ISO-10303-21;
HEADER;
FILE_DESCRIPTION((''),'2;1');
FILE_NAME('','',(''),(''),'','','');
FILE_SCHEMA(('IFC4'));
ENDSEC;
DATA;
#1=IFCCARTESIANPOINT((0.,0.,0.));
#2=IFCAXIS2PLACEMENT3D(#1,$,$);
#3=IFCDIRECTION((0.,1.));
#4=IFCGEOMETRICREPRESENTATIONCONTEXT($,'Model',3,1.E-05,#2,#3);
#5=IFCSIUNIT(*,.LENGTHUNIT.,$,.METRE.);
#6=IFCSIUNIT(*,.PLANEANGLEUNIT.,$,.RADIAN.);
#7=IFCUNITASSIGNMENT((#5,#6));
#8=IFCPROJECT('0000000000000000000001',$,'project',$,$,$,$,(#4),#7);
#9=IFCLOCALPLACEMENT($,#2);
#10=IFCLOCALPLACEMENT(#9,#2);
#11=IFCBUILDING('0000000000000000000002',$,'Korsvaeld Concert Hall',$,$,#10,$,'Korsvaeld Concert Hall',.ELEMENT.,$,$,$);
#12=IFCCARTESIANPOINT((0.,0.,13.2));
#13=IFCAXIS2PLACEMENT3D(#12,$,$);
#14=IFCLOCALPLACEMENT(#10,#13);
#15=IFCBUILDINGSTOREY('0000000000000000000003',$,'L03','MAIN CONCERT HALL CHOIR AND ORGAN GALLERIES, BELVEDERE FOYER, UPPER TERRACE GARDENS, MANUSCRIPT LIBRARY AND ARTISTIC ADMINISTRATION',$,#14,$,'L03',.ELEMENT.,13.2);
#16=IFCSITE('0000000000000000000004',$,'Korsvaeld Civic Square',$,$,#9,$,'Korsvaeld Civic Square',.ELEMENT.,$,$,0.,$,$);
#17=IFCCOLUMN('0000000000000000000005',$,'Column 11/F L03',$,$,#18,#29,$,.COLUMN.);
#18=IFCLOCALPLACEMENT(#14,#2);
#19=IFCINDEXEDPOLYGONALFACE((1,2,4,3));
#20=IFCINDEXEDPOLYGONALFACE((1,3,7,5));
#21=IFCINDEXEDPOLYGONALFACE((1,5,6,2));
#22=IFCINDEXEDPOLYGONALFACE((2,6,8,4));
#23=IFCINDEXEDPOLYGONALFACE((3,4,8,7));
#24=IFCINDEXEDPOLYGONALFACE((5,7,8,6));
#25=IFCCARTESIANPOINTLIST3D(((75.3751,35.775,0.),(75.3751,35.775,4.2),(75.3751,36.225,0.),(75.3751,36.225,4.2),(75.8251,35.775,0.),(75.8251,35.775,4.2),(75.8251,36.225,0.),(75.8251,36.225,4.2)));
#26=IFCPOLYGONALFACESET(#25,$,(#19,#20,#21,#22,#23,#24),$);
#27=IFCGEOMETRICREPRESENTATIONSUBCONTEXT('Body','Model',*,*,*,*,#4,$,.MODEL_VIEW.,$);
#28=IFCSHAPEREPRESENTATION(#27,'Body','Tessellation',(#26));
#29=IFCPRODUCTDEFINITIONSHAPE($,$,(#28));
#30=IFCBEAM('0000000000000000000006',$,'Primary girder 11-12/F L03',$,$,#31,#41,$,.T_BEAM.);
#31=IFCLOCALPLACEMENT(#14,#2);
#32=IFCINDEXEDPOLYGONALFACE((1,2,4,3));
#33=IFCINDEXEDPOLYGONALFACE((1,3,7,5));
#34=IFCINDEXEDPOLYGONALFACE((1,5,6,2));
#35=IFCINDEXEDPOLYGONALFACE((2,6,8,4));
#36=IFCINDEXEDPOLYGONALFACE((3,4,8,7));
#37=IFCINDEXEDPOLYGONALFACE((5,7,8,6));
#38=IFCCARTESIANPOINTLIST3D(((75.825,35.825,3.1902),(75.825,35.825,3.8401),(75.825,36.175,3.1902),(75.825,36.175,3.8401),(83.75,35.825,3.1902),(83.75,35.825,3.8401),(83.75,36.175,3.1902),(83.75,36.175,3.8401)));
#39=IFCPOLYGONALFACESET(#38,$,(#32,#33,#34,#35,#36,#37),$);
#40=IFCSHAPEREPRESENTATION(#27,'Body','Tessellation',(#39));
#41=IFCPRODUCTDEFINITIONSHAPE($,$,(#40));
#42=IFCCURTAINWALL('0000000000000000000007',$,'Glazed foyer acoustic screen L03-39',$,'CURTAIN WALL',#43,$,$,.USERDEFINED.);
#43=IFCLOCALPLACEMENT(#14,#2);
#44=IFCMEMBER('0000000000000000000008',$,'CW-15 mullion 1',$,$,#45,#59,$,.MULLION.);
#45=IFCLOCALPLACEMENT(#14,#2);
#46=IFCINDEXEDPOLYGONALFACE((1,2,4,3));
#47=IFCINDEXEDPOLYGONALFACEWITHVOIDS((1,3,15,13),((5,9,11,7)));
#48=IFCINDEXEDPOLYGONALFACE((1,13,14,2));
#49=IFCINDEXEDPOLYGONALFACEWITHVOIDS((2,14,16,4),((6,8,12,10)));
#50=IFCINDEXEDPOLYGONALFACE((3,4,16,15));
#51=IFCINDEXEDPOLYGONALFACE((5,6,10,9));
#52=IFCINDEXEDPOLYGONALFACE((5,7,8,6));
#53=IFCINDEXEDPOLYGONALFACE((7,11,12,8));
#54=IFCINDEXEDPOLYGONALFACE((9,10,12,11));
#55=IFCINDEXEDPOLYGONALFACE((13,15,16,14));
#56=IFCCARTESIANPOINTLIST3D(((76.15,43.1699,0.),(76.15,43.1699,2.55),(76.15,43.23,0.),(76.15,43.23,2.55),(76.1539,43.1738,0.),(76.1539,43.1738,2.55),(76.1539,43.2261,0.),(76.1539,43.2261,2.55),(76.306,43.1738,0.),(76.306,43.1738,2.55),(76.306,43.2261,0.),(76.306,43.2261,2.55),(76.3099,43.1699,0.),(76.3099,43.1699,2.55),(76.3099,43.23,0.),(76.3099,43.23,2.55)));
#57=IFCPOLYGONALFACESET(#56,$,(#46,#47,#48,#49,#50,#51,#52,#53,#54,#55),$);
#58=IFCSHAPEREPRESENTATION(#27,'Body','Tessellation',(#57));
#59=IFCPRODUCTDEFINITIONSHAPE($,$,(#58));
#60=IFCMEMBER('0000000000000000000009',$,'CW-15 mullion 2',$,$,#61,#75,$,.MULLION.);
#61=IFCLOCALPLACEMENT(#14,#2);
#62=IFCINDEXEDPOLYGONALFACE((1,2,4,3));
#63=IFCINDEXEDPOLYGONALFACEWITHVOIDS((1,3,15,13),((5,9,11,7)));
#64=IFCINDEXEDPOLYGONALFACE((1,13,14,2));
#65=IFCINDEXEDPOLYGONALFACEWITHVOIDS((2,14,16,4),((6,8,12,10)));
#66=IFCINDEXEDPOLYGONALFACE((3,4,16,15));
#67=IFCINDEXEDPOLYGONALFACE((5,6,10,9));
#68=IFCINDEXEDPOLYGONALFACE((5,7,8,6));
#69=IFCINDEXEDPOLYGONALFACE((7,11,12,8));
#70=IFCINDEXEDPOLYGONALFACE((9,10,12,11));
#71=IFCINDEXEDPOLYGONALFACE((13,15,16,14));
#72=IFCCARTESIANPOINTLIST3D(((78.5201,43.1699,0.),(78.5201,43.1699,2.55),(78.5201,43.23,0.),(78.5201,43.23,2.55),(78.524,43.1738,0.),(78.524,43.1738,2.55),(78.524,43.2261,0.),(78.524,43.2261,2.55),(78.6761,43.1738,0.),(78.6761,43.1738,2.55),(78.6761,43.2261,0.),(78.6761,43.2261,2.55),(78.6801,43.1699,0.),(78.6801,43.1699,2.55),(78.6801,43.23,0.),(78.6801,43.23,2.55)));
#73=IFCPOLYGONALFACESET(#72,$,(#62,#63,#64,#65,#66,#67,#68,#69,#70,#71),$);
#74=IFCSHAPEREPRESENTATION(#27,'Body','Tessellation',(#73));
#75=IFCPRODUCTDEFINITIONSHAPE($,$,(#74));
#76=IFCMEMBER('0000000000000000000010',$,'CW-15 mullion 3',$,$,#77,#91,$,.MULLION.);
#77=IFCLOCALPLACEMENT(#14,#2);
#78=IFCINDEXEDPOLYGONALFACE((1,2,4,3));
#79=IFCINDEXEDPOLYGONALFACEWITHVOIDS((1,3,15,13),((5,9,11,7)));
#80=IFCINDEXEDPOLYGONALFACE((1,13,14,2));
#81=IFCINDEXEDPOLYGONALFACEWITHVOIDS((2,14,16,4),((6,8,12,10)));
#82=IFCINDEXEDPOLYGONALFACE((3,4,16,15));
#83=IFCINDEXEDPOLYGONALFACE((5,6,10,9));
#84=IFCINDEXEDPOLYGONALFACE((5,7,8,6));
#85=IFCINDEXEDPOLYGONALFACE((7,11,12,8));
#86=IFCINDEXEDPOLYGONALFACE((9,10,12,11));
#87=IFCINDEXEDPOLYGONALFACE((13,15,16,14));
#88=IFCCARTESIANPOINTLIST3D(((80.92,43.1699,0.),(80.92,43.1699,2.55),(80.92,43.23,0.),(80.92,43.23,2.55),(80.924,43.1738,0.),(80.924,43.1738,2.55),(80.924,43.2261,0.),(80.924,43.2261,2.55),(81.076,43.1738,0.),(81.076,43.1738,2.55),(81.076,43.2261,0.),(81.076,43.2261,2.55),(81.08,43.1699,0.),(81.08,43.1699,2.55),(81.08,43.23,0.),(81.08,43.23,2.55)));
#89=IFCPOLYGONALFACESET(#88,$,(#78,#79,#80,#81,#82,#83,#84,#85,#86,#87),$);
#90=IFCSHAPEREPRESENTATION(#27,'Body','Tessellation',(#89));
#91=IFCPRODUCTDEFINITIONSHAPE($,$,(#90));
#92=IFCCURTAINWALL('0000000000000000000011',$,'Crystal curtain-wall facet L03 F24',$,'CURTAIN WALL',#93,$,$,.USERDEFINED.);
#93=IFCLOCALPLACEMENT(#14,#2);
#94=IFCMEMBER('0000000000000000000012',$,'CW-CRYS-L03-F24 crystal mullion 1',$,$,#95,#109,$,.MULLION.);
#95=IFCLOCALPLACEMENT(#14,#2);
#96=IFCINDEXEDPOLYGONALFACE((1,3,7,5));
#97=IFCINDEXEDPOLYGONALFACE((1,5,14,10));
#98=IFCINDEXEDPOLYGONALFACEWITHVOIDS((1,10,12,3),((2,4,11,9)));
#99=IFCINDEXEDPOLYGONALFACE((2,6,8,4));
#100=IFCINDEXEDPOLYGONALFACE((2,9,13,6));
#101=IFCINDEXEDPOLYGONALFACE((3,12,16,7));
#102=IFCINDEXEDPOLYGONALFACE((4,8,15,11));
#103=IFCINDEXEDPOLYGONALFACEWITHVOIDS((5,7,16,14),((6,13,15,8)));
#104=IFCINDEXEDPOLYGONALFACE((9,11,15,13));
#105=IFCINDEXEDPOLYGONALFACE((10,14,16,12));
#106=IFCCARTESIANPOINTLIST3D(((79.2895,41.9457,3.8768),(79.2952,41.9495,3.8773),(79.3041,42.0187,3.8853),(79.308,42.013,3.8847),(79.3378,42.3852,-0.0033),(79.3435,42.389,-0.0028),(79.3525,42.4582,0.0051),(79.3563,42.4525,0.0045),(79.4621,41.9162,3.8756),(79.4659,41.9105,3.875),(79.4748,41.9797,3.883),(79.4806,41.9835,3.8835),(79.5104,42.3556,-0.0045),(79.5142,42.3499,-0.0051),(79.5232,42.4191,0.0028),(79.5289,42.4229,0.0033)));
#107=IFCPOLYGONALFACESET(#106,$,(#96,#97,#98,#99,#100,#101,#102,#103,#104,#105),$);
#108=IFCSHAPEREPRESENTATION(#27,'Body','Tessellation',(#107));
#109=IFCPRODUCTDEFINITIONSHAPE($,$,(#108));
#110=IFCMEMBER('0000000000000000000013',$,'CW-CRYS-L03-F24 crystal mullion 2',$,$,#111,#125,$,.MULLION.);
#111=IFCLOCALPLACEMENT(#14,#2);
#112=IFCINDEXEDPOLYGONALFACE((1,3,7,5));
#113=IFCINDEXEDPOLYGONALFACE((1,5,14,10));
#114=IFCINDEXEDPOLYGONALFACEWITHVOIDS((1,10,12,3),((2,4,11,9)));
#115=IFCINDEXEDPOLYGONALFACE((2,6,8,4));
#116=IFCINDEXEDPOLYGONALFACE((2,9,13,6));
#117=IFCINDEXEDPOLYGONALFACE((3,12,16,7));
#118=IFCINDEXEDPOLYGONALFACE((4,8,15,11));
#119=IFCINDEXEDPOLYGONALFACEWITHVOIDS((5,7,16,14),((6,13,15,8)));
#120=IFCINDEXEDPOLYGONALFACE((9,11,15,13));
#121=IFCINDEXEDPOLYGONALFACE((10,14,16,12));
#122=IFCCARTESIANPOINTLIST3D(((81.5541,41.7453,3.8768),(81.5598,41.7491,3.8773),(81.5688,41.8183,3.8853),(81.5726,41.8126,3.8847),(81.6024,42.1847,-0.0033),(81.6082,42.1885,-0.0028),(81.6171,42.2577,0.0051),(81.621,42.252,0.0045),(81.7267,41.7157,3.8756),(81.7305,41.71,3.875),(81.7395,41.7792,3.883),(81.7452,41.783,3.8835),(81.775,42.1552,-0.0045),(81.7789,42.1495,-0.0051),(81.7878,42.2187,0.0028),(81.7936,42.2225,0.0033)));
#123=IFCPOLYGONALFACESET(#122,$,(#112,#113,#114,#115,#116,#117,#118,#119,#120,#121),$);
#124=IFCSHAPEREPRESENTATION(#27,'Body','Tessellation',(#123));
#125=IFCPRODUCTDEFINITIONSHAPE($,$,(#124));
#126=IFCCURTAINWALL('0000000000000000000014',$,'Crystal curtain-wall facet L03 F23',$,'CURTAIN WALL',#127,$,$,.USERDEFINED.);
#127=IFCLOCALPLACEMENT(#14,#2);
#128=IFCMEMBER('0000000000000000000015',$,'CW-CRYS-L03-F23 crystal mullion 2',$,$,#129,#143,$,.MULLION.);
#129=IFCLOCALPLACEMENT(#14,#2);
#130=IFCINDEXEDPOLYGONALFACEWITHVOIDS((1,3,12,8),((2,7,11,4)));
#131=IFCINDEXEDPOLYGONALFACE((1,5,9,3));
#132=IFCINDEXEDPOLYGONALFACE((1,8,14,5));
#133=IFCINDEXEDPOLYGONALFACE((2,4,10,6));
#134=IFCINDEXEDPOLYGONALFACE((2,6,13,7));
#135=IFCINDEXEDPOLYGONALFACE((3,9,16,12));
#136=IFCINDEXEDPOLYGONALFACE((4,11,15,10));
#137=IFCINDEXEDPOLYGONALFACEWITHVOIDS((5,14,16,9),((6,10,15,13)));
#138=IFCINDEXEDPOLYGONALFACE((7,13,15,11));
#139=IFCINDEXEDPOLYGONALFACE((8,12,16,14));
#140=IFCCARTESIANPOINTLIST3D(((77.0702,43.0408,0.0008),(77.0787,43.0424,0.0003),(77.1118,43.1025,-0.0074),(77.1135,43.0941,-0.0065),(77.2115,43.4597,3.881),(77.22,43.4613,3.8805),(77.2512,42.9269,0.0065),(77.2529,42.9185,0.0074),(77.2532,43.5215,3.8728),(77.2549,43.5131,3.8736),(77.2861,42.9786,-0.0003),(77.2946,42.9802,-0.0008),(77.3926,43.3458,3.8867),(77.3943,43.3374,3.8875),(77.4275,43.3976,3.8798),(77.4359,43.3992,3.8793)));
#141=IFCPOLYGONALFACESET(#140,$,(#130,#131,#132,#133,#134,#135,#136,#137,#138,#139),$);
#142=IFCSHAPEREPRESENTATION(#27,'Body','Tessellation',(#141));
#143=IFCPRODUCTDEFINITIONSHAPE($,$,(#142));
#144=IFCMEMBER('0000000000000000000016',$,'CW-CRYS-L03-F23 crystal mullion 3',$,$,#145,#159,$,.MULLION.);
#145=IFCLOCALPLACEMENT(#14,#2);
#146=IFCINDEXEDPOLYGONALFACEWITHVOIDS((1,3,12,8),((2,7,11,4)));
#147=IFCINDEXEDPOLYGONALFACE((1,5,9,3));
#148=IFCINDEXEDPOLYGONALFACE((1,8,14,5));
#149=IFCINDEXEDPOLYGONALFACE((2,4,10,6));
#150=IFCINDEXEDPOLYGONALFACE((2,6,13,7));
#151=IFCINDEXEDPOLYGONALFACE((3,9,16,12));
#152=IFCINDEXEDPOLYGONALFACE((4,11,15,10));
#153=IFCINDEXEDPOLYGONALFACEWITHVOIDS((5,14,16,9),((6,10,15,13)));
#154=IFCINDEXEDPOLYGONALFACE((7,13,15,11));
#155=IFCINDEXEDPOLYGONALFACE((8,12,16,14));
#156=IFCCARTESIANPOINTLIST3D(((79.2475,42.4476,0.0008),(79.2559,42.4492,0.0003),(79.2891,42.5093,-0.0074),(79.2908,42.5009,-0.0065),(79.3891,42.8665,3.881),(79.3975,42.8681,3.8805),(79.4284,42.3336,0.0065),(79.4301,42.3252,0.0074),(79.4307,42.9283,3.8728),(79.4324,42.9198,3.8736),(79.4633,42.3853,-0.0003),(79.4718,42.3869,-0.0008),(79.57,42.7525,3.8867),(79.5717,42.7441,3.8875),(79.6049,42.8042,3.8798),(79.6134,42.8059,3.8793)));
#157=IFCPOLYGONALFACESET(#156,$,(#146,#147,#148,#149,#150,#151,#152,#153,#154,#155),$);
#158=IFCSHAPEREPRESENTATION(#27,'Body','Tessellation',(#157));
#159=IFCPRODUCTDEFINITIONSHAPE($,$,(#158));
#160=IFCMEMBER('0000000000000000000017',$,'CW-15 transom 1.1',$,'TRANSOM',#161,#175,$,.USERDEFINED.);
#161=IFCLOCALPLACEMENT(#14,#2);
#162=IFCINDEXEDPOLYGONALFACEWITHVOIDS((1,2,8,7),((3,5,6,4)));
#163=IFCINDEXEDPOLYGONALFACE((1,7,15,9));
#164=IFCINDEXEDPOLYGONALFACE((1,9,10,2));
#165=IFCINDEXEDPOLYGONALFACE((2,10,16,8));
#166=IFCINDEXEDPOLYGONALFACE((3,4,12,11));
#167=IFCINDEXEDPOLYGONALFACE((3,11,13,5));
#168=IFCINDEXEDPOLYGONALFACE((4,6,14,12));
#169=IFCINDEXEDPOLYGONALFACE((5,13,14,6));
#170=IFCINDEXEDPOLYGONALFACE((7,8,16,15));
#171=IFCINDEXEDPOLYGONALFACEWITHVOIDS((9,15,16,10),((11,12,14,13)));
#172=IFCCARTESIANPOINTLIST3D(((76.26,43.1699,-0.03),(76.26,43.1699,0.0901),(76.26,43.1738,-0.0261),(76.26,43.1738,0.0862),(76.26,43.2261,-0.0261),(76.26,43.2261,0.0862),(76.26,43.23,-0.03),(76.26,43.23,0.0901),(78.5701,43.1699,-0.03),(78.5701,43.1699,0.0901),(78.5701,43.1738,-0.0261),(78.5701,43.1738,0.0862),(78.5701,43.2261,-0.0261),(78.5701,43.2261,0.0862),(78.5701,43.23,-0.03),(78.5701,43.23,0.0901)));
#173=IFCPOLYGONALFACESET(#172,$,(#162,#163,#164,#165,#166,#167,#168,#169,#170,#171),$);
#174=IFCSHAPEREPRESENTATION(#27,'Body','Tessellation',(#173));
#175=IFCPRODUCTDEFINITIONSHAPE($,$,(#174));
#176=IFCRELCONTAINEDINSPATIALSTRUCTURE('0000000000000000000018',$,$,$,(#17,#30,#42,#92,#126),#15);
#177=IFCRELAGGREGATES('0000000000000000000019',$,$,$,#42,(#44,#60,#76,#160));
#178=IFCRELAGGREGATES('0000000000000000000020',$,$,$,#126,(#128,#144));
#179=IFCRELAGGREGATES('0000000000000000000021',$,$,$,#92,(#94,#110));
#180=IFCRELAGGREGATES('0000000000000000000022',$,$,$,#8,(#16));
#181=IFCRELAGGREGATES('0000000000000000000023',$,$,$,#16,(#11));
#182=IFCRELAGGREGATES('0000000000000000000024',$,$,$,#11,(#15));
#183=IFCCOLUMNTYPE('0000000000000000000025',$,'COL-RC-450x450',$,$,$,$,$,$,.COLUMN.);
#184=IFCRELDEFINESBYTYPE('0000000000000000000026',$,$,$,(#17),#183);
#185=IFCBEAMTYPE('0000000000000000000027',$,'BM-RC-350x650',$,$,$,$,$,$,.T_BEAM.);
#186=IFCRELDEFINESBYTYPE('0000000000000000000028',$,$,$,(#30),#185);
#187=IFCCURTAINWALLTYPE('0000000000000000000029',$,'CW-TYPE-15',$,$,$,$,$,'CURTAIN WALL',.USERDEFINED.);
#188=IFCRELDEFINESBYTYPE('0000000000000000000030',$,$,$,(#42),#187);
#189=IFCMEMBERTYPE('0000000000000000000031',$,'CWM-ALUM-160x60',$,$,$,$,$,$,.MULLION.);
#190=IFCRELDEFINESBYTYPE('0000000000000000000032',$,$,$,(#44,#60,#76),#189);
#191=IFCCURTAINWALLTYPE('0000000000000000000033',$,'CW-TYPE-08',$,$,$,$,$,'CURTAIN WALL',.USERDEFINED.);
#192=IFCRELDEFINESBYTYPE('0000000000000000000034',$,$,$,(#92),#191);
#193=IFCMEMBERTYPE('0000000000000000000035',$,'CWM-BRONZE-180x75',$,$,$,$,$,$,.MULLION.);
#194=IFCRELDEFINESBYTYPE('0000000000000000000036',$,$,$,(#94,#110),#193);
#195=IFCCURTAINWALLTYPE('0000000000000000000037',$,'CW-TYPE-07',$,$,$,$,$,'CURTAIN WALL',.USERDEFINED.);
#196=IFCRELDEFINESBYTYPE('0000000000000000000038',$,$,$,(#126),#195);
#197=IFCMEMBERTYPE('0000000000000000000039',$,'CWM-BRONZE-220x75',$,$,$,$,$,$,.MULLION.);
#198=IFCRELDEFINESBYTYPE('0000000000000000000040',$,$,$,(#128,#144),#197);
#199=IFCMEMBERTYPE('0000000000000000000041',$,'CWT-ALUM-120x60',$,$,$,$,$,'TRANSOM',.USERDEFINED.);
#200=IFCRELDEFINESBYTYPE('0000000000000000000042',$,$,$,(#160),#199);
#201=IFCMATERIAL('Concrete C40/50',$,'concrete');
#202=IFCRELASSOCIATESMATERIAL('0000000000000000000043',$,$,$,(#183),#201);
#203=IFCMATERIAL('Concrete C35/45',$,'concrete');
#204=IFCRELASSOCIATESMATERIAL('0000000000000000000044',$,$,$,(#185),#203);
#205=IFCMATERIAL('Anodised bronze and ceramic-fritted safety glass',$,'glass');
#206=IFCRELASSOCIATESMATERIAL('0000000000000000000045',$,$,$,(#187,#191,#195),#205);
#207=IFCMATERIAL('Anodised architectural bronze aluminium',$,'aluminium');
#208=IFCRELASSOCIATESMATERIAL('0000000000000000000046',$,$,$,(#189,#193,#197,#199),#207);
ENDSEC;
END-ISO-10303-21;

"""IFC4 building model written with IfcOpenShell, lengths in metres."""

from ifc_helpers import new_model, si_unit, direction, frame, origin, origin_2d, place, context, subcontext, project, spatial, rectangle, hollow_rectangle, extrude, material, material_profile, profile_set, type_object, element, aggregate, save


model = new_model("IFC4")

# Units and contexts
model_context = context("Model", 3, precision=1e-05, world=origin(), true_north=direction((0.0, 1.0)))
body_context = subcontext(model_context, "Body", "Model", "MODEL_VIEW")
ifc_project = project(units=[si_unit("LENGTHUNIT", "METRE"), si_unit("PLANEANGLEUNIT", "RADIAN")], contexts=[model_context])

# Site, building, storey
site_placement = place(None, origin())
site = spatial("IfcSite", under=ifc_project, at=site_placement, Name="Korsvaeld Civic Square", LongName="Korsvaeld Civic Square", CompositionType="ELEMENT", RefElevation=0.0)
building_placement = place(site_placement, origin())
building = spatial("IfcBuilding", under=site, at=building_placement, Name="Korsvaeld Concert Hall", LongName="Korsvaeld Concert Hall", CompositionType="ELEMENT")
storey_placement = place(building_placement, frame((0.0, 0.0, 13.2)))
storey = spatial("IfcBuildingStorey", under=building, at=storey_placement, Name="L03", Description="MAIN CONCERT HALL CHOIR AND ORGAN GALLERIES, BELVEDERE FOYER, UPPER TERRACE GARDENS, MANUSCRIPT LIBRARY AND ARTISTIC ADMINISTRATION", LongName="L03", CompositionType="ELEMENT", Elevation=13.2)

# Column
ifc_material_1 = material(Name="Concrete C40/50", Category="concrete")
ifc_material_profile_1 = material_profile(ifc_material_1, rectangle(XDim=0.45, YDim=0.45, at=origin_2d()), Name="RC 450x450")
ifc_profile_set_1 = profile_set([ifc_material_profile_1], Name="Concrete C40/50")
column_type = type_object("IfcColumnType", Name="COL-RC-450x450", PredefinedType="COLUMN", material=ifc_profile_set_1)
column_placement = place(storey_placement, frame((75.6001, 36.0, 0.0), z_axis=(0.0, 0.0, 1.0), x_axis=(1.0, 0.0, 0.0)))
element("IfcColumn", 1, at=column_placement, inside=storey, type_object=column_type, Name="Column 11/F L03", PredefinedType="COLUMN", context=body_context, shape_type="SweptSolid", body=[
    extrude(rectangle(XDim=0.45, YDim=0.45, at=origin_2d()), origin(), (0.0, 0.0, 1.0), 4.2),
])

# Beam
ifc_material_2 = material(Name="Concrete C35/45", Category="concrete")
ifc_material_profile_2 = material_profile(ifc_material_2, rectangle(XDim=0.3501, YDim=0.6499, at=origin_2d()), Name="RC 350x650")
ifc_profile_set_2 = profile_set([ifc_material_profile_2], Name="Concrete C35/45")
beam_type = type_object("IfcBeamType", Name="BM-RC-350x650", PredefinedType="T_BEAM", material=ifc_profile_set_2)
beam_placement = place(storey_placement, frame((75.825, 36.0, 3.5151), z_axis=(1.0, 0.0, 0.0), x_axis=(0.0, 1.0, 0.0)))
element("IfcBeam", 2, at=beam_placement, inside=storey, type_object=beam_type, Name="Primary girder 11-12/F L03", PredefinedType="T_BEAM", context=body_context, shape_type="SweptSolid", body=[
    extrude(rectangle(XDim=0.3501, YDim=0.6499, at=origin_2d()), origin(), (0.0, 0.0, 1.0), 7.925),
])

# Curtain walls, members
ifc_material_3 = material(Name="Anodised bronze and ceramic-fritted safety glass", Category="glass")
curtain_wall_type_1 = type_object("IfcCurtainWallType", Name="CW-TYPE-15", ElementType="CURTAIN WALL", PredefinedType="USERDEFINED", material=ifc_material_3)
curtain_wall_1_placement = place(storey_placement, origin())
curtain_wall_1 = element("IfcCurtainWall", 3, at=curtain_wall_1_placement, inside=storey, type_object=curtain_wall_type_1, Name="Glazed foyer acoustic screen L03-39", ObjectType="CURTAIN WALL", PredefinedType="USERDEFINED")
ifc_material_4 = material(Name="Anodised architectural bronze aluminium", Category="aluminium")
ifc_material_profile_3 = material_profile(ifc_material_4, hollow_rectangle(XDim=0.0601, YDim=0.1599, WallThickness=0.0039, at=origin_2d()), Name="CWM 160x60x4")
ifc_profile_set_3 = profile_set([ifc_material_profile_3], Name="Anodised architectural bronze aluminium")
member_type_1 = type_object("IfcMemberType", Name="CWM-ALUM-160x60", PredefinedType="MULLION", material=ifc_profile_set_3)
member_1_placement = place(storey_placement, frame((76.23, 43.2, 0.0), z_axis=(0.0, 0.0, 1.0), x_axis=(0.0, 1.0, 0.0)))
member_1 = element("IfcMember", 4, at=member_1_placement, type_object=member_type_1, Name="CW-15 mullion 1", PredefinedType="MULLION", context=body_context, shape_type="SweptSolid", body=[
    extrude(hollow_rectangle(XDim=0.0601, YDim=0.1599, WallThickness=0.0039, at=origin_2d()), origin(), (0.0, 0.0, 1.0), 2.55),
])
member_2_placement = place(storey_placement, frame((78.6001, 43.2, 0.0), z_axis=(0.0, 0.0, 1.0), x_axis=(0.0, 1.0, 0.0)))
member_2 = element("IfcMember", 5, at=member_2_placement, type_object=member_type_1, Name="CW-15 mullion 2", PredefinedType="MULLION", context=body_context, shape_type="SweptSolid", body=[
    extrude(hollow_rectangle(XDim=0.0601, YDim=0.1599, WallThickness=0.0039, at=origin_2d()), origin(), (0.0, 0.0, 1.0), 2.55),
])
member_3_placement = place(storey_placement, frame((81.0, 43.2, 0.0), z_axis=(0.0, 0.0, 1.0), x_axis=(0.0, 1.0, 0.0)))
member_3 = element("IfcMember", 6, at=member_3_placement, type_object=member_type_1, Name="CW-15 mullion 3", PredefinedType="MULLION", context=body_context, shape_type="SweptSolid", body=[
    extrude(hollow_rectangle(XDim=0.0601, YDim=0.1599, WallThickness=0.0039, at=origin_2d()), origin(), (0.0, 0.0, 1.0), 2.55),
])
curtain_wall_type_2 = type_object("IfcCurtainWallType", Name="CW-TYPE-08", ElementType="CURTAIN WALL", PredefinedType="USERDEFINED", material=ifc_material_3)
curtain_wall_2_placement = place(storey_placement, origin())
curtain_wall_2 = element("IfcCurtainWall", 7, at=curtain_wall_2_placement, inside=storey, type_object=curtain_wall_type_2, Name="Crystal curtain-wall facet L03 F24", ObjectType="CURTAIN WALL", PredefinedType="USERDEFINED")
ifc_material_profile_4 = material_profile(ifc_material_4, hollow_rectangle(XDim=0.075, YDim=0.1799, WallThickness=0.0049, at=origin_2d()), Name="CWM 180x75x5")
ifc_profile_set_4 = profile_set([ifc_material_profile_4], Name="Anodised architectural bronze aluminium")
member_type_2 = type_object("IfcMemberType", Name="CWM-BRONZE-180x75", PredefinedType="MULLION", material=ifc_profile_set_4)
member_4_placement = place(storey_placement, frame((79.4333, 42.4041, 0.0), z_axis=(-0.012378, -0.112529, 0.993571), x_axis=(0.195828, 0.974133, 0.112767)))
member_4 = element("IfcMember", 8, at=member_4_placement, type_object=member_type_2, Name="CW-CRYS-L03-F24 crystal mullion 1", PredefinedType="MULLION", context=body_context, shape_type="SweptSolid", body=[
    extrude(hollow_rectangle(XDim=0.075, YDim=0.1799, WallThickness=0.0049, at=origin_2d()), origin(), (0.0, 0.0, 1.0), 3.9053),
])
member_5_placement = place(storey_placement, frame((81.698, 42.2036, 0.0), z_axis=(-0.012378, -0.112529, 0.993571), x_axis=(0.195828, 0.974133, 0.112767)))
member_5 = element("IfcMember", 9, at=member_5_placement, type_object=member_type_2, Name="CW-CRYS-L03-F24 crystal mullion 2", PredefinedType="MULLION", context=body_context, shape_type="SweptSolid", body=[
    extrude(hollow_rectangle(XDim=0.075, YDim=0.1799, WallThickness=0.0049, at=origin_2d()), origin(), (0.0, 0.0, 1.0), 3.9053),
])
curtain_wall_type_3 = type_object("IfcCurtainWallType", Name="CW-TYPE-07", ElementType="CURTAIN WALL", PredefinedType="USERDEFINED", material=ifc_material_3)
curtain_wall_3_placement = place(storey_placement, origin())
curtain_wall_3 = element("IfcCurtainWall", 10, at=curtain_wall_3_placement, inside=storey, type_object=curtain_wall_type_3, Name="Crystal curtain-wall facet L03 F23", ObjectType="CURTAIN WALL", PredefinedType="USERDEFINED")
ifc_material_profile_5 = material_profile(ifc_material_4, hollow_rectangle(XDim=0.075, YDim=0.22, WallThickness=0.0061, at=origin_2d()), Name="CWM 220x75x6")
ifc_profile_set_5 = profile_set([ifc_material_profile_5], Name="Anodised architectural bronze aluminium")
member_type_3 = type_object("IfcMemberType", Name="CWM-BRONZE-220x75", PredefinedType="MULLION", material=ifc_profile_set_5)
member_6_placement = place(storey_placement, frame((77.1824, 43.0105, 0.0), z_axis=(0.036197, 0.107278, 0.99357), x_axis=(-0.555586, -0.824252, 0.109237)))
member_6 = element("IfcMember", 11, at=member_6_placement, type_object=member_type_3, Name="CW-CRYS-L03-F23 crystal mullion 2", PredefinedType="MULLION", context=body_context, shape_type="SweptSolid", body=[
    extrude(hollow_rectangle(XDim=0.075, YDim=0.22, WallThickness=0.0061, at=origin_2d()), origin(), (0.0, 0.0, 1.0), 3.9053),
])
member_7_placement = place(storey_placement, frame((79.3596, 42.4172, 0.0), z_axis=(0.036259, 0.107278, 0.993568), x_axis=(-0.556017, -0.823959, 0.109256)))
member_7 = element("IfcMember", 12, at=member_7_placement, type_object=member_type_3, Name="CW-CRYS-L03-F23 crystal mullion 3", PredefinedType="MULLION", context=body_context, shape_type="SweptSolid", body=[
    extrude(hollow_rectangle(XDim=0.075, YDim=0.22, WallThickness=0.0061, at=origin_2d()), origin(), (0.0, 0.0, 1.0), 3.9053),
])

# Member
ifc_material_profile_6 = material_profile(ifc_material_4, hollow_rectangle(XDim=0.0601, YDim=0.1201, WallThickness=0.0039, at=origin_2d()), Name="CWT 120x60x4")
ifc_profile_set_6 = profile_set([ifc_material_profile_6], Name="Anodised architectural bronze aluminium")
member_type_4 = type_object("IfcMemberType", Name="CWT-ALUM-120x60", ElementType="TRANSOM", PredefinedType="USERDEFINED", material=ifc_profile_set_6)
member_8_placement = place(storey_placement, frame((76.26, 43.2, 0.03), z_axis=(1.0, 0.0, 0.0), x_axis=(0.0, 1.0, 0.0)))
member_8 = element("IfcMember", 13, at=member_8_placement, type_object=member_type_4, Name="CW-15 transom 1.1", ObjectType="TRANSOM", PredefinedType="USERDEFINED", context=body_context, shape_type="SweptSolid", body=[
    extrude(hollow_rectangle(XDim=0.0601, YDim=0.1201, WallThickness=0.0039, at=origin_2d()), origin(), (0.0, 0.0, 1.0), 2.3101),
])

aggregate(curtain_wall_1, [member_1, member_2, member_3, member_8])
aggregate(curtain_wall_3, [member_6, member_7])
aggregate(curtain_wall_2, [member_4, member_5])

save(model, "model.ifc")
